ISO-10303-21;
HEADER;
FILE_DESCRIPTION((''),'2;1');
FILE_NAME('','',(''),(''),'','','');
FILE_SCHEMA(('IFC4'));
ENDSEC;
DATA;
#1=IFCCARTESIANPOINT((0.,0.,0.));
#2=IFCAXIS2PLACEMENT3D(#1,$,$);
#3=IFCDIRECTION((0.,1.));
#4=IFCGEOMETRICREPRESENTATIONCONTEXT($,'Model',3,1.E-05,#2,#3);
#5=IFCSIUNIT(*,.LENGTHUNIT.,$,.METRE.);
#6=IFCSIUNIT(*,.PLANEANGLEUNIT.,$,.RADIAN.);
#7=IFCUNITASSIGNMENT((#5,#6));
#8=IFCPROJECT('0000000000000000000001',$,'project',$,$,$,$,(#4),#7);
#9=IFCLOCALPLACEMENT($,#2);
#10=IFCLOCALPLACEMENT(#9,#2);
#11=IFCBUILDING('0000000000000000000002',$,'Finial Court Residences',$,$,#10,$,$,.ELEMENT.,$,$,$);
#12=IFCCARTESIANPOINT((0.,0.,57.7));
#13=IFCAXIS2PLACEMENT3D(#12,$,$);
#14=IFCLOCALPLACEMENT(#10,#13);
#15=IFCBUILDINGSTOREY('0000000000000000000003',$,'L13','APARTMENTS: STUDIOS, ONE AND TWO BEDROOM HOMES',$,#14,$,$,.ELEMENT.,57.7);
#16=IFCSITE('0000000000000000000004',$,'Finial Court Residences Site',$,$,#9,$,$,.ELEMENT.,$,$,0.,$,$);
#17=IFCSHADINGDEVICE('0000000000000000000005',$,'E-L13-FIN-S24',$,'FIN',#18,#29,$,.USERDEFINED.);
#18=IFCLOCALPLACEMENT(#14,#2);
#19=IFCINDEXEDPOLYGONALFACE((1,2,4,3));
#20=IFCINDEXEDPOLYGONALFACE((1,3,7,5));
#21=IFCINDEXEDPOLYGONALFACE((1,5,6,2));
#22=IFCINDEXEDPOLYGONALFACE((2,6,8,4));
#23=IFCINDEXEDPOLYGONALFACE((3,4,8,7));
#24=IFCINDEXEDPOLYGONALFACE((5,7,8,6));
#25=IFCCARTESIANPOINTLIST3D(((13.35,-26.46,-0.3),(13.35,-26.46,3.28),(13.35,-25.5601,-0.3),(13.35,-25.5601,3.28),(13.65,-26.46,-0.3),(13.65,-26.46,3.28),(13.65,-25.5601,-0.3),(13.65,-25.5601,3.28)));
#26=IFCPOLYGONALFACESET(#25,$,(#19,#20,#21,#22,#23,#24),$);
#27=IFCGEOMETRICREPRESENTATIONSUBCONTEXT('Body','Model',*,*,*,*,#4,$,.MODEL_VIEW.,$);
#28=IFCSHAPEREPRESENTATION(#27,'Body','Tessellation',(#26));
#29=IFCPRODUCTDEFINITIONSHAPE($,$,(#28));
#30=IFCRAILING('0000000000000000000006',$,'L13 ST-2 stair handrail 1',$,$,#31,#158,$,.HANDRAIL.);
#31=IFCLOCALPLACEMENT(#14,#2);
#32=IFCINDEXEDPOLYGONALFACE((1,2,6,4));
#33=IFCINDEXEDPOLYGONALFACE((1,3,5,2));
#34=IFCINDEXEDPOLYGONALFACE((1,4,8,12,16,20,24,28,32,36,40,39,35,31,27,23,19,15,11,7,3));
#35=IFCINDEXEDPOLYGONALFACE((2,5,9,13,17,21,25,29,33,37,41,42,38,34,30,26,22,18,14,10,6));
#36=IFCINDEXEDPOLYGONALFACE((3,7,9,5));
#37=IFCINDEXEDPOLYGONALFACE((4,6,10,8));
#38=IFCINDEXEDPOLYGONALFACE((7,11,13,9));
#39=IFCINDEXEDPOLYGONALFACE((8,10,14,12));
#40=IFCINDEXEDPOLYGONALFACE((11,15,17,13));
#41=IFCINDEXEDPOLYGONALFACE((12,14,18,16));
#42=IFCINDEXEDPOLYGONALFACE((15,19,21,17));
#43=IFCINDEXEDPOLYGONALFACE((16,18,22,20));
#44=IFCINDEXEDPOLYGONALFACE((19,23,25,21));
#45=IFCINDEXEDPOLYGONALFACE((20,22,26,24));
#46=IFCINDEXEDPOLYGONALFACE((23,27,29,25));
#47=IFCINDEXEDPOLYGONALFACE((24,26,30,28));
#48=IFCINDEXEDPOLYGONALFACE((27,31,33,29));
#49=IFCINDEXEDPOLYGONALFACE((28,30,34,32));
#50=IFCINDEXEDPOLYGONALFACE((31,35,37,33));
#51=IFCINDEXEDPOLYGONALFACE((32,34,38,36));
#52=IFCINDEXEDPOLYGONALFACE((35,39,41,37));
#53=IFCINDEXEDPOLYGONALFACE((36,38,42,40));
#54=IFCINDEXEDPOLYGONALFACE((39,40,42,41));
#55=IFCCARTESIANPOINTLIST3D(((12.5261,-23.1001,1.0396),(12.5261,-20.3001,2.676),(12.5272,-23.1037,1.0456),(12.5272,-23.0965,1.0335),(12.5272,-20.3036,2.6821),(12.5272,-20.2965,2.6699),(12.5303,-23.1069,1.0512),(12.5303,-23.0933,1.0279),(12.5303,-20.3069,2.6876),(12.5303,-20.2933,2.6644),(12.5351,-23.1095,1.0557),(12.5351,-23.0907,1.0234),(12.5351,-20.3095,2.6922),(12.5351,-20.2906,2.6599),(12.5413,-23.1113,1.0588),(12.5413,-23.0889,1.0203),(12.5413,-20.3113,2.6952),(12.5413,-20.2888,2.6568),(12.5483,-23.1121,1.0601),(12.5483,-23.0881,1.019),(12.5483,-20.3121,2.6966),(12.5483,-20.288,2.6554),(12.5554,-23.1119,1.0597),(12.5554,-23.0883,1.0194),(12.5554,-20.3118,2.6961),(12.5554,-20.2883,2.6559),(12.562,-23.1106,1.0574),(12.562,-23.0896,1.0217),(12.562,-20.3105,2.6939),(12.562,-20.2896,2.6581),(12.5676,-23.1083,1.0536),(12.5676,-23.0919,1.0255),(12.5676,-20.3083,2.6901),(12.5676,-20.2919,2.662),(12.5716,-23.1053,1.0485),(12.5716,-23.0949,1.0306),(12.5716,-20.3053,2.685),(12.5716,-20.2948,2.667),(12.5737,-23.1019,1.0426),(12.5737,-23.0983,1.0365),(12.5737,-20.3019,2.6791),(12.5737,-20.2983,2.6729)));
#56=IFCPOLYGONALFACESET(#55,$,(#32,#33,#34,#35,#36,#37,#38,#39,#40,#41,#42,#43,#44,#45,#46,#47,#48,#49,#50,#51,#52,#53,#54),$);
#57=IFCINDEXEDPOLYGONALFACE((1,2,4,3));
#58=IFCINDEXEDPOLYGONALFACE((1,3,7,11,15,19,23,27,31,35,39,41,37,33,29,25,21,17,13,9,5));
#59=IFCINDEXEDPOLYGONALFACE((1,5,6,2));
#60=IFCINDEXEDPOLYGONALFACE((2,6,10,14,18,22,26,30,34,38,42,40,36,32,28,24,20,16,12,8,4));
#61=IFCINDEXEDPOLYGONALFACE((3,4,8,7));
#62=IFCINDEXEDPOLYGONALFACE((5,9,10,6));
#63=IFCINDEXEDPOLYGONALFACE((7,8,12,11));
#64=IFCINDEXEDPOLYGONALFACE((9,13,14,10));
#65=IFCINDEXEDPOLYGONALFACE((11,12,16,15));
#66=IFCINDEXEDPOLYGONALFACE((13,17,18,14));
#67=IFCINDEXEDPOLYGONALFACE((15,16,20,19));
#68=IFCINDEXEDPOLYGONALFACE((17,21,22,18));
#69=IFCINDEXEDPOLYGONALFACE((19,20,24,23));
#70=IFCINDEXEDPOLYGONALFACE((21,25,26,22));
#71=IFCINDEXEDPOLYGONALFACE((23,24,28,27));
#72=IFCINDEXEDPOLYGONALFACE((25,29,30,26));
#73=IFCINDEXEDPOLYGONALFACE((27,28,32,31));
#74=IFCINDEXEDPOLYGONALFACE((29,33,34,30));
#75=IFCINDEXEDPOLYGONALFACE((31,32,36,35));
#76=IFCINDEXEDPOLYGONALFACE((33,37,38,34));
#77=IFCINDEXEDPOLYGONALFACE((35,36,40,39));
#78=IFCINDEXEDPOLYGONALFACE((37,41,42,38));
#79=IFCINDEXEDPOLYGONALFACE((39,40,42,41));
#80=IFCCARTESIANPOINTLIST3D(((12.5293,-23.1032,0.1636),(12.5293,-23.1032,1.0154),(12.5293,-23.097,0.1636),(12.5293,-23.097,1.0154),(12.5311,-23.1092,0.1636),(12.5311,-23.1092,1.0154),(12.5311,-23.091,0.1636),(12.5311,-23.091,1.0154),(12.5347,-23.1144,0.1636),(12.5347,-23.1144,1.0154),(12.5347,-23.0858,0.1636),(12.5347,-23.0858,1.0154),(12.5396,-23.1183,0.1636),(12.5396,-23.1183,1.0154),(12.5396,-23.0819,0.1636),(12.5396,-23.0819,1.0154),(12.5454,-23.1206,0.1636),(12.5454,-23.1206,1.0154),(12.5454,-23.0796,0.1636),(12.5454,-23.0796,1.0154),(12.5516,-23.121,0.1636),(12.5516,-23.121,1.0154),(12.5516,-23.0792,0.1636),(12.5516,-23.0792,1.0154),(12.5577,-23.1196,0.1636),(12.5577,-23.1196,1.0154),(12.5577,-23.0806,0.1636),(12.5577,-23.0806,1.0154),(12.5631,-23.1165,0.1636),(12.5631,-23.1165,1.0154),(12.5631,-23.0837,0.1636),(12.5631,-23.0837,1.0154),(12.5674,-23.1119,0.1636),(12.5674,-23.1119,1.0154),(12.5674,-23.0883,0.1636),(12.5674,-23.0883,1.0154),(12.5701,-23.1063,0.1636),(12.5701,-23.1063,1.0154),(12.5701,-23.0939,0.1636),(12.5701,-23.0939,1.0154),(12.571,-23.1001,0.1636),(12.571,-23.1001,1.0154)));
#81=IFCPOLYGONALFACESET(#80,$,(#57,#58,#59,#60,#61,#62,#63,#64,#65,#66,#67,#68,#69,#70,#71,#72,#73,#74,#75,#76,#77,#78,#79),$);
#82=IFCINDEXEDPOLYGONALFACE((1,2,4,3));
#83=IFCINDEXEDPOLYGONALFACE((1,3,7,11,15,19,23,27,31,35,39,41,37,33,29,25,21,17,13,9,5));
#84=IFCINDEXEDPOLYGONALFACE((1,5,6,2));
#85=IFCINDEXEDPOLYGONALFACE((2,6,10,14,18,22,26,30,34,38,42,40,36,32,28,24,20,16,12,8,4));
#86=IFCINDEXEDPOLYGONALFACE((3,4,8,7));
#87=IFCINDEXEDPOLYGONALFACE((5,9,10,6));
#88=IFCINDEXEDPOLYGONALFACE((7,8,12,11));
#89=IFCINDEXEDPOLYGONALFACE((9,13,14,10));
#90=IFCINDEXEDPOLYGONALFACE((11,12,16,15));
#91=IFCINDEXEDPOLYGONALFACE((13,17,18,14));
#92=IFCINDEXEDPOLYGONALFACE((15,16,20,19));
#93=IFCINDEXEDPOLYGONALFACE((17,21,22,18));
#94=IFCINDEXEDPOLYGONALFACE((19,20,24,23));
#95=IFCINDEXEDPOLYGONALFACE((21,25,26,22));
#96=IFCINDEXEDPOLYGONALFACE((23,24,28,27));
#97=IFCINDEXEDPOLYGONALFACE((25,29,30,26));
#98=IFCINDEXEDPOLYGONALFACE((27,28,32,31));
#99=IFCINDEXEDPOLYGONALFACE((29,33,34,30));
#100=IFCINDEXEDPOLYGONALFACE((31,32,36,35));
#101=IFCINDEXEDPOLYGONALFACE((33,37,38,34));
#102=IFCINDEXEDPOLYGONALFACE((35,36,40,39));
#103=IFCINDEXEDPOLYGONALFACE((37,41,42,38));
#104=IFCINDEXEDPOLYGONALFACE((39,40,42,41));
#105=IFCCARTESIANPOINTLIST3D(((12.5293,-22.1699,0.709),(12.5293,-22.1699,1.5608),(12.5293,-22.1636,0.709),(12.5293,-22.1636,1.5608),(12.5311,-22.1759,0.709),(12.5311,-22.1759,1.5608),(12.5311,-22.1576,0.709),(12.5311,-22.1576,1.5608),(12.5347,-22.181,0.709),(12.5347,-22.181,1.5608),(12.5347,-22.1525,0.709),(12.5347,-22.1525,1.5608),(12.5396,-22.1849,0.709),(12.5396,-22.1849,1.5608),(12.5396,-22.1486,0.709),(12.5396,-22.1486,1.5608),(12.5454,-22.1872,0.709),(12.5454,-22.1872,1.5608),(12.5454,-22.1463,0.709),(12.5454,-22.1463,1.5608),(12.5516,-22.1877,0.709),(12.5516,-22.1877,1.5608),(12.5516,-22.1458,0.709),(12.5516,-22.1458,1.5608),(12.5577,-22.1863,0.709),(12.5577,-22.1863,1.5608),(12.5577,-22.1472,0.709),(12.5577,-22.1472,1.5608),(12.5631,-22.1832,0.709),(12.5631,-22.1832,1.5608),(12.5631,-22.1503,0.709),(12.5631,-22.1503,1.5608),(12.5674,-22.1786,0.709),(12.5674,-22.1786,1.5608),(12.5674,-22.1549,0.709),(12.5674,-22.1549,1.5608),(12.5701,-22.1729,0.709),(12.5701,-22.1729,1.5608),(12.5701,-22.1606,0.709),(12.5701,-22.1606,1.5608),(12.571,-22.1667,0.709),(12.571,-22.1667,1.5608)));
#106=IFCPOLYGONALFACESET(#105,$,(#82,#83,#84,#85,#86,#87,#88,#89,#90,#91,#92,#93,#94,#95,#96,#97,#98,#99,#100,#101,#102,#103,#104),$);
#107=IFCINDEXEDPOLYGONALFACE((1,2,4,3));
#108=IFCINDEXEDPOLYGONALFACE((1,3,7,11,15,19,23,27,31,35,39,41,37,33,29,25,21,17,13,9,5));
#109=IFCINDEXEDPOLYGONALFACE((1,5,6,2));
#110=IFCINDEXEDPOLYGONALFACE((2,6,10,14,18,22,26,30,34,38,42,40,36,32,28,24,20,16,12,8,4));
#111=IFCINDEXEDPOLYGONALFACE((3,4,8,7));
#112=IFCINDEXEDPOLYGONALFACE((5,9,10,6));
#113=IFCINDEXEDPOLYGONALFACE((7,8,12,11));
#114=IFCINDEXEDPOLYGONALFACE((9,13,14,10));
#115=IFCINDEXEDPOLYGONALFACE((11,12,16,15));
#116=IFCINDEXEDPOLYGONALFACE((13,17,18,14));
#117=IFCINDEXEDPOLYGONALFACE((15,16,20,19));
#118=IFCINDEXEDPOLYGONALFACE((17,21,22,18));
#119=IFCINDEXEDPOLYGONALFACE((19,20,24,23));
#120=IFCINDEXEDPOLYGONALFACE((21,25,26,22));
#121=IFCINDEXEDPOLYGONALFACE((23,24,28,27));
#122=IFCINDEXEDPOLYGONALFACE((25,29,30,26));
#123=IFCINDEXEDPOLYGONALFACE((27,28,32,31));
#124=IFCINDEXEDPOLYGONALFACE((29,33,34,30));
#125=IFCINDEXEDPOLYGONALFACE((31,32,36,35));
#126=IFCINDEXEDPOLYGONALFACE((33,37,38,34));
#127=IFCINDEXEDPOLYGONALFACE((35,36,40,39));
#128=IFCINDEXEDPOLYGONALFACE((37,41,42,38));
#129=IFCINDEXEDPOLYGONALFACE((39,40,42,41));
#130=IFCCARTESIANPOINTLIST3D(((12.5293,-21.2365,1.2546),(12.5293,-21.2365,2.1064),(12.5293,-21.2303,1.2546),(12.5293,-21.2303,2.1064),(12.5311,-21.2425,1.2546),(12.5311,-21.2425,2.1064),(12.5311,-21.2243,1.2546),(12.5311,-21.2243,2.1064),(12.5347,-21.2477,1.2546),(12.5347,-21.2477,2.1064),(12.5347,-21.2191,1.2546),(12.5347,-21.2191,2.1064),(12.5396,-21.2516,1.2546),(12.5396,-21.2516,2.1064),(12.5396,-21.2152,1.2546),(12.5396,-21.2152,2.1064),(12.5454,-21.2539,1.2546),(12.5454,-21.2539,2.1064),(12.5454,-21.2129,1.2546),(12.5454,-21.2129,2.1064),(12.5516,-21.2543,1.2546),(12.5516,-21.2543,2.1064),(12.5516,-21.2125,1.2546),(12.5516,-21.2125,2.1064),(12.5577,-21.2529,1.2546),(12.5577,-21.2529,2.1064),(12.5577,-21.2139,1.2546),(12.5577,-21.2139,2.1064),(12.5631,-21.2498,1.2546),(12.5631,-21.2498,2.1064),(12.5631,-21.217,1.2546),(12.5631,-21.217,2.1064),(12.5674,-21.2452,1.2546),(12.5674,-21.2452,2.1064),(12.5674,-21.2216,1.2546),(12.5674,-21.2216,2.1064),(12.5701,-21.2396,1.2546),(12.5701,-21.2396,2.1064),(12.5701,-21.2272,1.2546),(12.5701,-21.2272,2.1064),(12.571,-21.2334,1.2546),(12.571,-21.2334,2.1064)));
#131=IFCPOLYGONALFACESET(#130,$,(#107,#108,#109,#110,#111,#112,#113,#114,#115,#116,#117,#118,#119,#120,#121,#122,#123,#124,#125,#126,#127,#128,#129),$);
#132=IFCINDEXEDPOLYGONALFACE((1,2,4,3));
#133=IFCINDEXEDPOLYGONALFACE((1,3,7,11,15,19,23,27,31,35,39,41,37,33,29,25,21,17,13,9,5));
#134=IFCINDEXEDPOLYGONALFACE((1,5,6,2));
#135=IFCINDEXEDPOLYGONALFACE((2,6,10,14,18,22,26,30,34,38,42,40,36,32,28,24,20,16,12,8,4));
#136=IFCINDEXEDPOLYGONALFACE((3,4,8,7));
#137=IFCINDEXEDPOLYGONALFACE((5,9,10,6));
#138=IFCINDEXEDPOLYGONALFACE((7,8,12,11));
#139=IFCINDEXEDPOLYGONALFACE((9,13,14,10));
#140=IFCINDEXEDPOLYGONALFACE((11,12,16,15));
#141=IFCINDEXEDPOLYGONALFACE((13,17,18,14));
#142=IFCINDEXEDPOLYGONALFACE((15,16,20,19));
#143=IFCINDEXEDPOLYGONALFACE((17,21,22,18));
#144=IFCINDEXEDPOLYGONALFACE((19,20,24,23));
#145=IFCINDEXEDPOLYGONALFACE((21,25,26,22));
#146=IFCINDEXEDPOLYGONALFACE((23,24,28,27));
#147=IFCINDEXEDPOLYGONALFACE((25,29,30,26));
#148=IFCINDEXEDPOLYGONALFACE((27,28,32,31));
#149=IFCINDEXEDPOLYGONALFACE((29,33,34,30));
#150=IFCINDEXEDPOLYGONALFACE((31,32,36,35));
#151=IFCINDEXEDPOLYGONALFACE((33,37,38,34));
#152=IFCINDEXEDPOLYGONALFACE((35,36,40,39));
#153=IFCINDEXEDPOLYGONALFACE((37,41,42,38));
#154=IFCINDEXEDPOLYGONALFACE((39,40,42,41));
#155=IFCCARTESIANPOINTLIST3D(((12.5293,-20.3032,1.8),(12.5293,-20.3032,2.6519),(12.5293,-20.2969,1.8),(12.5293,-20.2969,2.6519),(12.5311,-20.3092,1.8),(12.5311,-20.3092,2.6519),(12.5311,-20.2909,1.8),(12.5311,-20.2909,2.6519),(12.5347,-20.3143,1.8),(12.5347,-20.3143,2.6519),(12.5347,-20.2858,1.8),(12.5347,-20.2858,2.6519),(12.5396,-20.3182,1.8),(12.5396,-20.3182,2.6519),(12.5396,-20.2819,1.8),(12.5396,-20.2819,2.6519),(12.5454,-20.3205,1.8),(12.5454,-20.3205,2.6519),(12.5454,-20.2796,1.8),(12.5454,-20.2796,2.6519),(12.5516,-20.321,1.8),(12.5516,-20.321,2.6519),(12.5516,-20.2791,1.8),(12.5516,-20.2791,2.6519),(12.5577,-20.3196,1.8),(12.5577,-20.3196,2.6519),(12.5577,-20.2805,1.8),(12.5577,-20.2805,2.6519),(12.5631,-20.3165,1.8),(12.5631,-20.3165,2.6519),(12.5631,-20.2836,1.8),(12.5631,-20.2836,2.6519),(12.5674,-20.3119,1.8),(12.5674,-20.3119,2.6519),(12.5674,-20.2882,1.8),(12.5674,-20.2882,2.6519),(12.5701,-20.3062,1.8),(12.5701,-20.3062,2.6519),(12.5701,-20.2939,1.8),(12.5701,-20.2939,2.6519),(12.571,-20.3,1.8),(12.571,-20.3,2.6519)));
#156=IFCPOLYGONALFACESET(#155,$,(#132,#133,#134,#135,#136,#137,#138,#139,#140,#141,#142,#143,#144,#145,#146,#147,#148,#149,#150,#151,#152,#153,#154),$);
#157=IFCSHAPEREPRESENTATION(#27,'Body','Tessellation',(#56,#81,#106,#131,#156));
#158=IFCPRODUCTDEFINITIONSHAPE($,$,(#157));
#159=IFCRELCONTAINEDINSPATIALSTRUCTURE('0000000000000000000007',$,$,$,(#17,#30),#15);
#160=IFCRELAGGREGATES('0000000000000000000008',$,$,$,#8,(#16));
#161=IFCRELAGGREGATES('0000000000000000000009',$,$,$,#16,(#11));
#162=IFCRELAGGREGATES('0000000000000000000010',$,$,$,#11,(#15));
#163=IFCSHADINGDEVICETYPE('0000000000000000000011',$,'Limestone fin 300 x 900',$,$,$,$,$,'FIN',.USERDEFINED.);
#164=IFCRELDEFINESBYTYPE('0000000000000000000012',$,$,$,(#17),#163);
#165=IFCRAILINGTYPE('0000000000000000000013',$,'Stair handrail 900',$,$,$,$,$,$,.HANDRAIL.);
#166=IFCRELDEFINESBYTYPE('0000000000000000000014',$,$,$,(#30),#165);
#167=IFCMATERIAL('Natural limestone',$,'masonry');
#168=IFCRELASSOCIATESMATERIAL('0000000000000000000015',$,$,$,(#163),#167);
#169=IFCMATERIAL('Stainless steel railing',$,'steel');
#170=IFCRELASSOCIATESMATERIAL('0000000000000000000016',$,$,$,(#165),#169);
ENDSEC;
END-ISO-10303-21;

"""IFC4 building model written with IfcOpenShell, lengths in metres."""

from ifc_helpers import new_model, si_unit, direction, frame, origin, origin_2d, place, context, subcontext, project, spatial, rectangle, circle, extrude, material, type_object, element, save


model = new_model("IFC4")

# Units and contexts
model_context = context("Model", 3, precision=1e-05, world=origin(), true_north=direction((0.0, 1.0)))
body_context = subcontext(model_context, "Body", "Model", "MODEL_VIEW")
ifc_project = project(units=[si_unit("LENGTHUNIT", "METRE"), si_unit("PLANEANGLEUNIT", "RADIAN")], contexts=[model_context])

# Site, building, storey
site_placement = place(None, origin())
site = spatial("IfcSite", under=ifc_project, at=site_placement, Name="Finial Court Residences Site", CompositionType="ELEMENT", RefElevation=0.0)
building_placement = place(site_placement, origin())
building = spatial("IfcBuilding", under=site, at=building_placement, Name="Finial Court Residences", CompositionType="ELEMENT")
storey_placement = place(building_placement, frame((0.0, 0.0, 57.7)))
storey = spatial("IfcBuildingStorey", under=building, at=storey_placement, Name="L13", Description="APARTMENTS: STUDIOS, ONE AND TWO BEDROOM HOMES", CompositionType="ELEMENT", Elevation=57.7)

# Shading device
ifc_material_1 = material(Name="Natural limestone", Category="masonry")
shading_device_type = type_object("IfcShadingDeviceType", Name="Limestone fin 300 x 900", ElementType="FIN", PredefinedType="USERDEFINED", material=ifc_material_1)
for number, where, z_axis, x_axis, name in (
    (1, (13.5, -26.01, -0.3), (0.0, 0.0, 1.0), (1.0, 0.0, 0.0), "E-L13-FIN-S24"),
):
    element("IfcShadingDevice", number, at=place(storey_placement, frame(where, z_axis=z_axis, x_axis=x_axis)), inside=storey, type_object=shading_device_type, Name=name, ObjectType="FIN", PredefinedType="USERDEFINED", context=body_context, shape_type="SweptSolid", body=[
        extrude(rectangle(XDim=0.3, YDim=0.8999, at=origin_2d()), origin(), (0.0, 0.0, 1.0), 3.5801),
    ])

# Railing
ifc_material_2 = material(Name="Stainless steel railing", Category="steel")
railing_type_1 = type_object("IfcRailingType", Name="Stair handrail 900", PredefinedType="HANDRAIL", material=ifc_material_2)
railing_1_placement = place(storey_placement, frame((12.55, -23.1001, 0.1636)))
element("IfcRailing", 2, at=railing_1_placement, inside=storey, type_object=railing_type_1, Name="L13 ST-2 stair handrail 1", PredefinedType="HANDRAIL", context=body_context, shape_type="SweptSolid", body=[
    extrude(circle(Radius=0.0239, at=origin_2d()), frame((0.0, 0.0, 0.876), z_axis=(0.0, 0.863361, 0.504587), x_axis=(-1.0, 0.0, 0.0)), (0.0, 0.0, 1.0), 3.2432),
    extrude(circle(Radius=0.021, at=origin_2d()), origin(), (0.0, 0.0, 1.0), 0.8518),
    extrude(circle(Radius=0.021, at=origin_2d()), frame((0.0, 0.9333, 0.5454)), (0.0, 0.0, 1.0), 0.8518),
    extrude(circle(Radius=0.021, at=origin_2d()), frame((0.0, 1.8667, 1.0911)), (0.0, 0.0, 1.0), 0.8518),
    extrude(circle(Radius=0.021, at=origin_2d()), frame((0.0, 2.8, 1.6365)), (0.0, 0.0, 1.0), 0.8518),
])

save(model, "model.ifc")
